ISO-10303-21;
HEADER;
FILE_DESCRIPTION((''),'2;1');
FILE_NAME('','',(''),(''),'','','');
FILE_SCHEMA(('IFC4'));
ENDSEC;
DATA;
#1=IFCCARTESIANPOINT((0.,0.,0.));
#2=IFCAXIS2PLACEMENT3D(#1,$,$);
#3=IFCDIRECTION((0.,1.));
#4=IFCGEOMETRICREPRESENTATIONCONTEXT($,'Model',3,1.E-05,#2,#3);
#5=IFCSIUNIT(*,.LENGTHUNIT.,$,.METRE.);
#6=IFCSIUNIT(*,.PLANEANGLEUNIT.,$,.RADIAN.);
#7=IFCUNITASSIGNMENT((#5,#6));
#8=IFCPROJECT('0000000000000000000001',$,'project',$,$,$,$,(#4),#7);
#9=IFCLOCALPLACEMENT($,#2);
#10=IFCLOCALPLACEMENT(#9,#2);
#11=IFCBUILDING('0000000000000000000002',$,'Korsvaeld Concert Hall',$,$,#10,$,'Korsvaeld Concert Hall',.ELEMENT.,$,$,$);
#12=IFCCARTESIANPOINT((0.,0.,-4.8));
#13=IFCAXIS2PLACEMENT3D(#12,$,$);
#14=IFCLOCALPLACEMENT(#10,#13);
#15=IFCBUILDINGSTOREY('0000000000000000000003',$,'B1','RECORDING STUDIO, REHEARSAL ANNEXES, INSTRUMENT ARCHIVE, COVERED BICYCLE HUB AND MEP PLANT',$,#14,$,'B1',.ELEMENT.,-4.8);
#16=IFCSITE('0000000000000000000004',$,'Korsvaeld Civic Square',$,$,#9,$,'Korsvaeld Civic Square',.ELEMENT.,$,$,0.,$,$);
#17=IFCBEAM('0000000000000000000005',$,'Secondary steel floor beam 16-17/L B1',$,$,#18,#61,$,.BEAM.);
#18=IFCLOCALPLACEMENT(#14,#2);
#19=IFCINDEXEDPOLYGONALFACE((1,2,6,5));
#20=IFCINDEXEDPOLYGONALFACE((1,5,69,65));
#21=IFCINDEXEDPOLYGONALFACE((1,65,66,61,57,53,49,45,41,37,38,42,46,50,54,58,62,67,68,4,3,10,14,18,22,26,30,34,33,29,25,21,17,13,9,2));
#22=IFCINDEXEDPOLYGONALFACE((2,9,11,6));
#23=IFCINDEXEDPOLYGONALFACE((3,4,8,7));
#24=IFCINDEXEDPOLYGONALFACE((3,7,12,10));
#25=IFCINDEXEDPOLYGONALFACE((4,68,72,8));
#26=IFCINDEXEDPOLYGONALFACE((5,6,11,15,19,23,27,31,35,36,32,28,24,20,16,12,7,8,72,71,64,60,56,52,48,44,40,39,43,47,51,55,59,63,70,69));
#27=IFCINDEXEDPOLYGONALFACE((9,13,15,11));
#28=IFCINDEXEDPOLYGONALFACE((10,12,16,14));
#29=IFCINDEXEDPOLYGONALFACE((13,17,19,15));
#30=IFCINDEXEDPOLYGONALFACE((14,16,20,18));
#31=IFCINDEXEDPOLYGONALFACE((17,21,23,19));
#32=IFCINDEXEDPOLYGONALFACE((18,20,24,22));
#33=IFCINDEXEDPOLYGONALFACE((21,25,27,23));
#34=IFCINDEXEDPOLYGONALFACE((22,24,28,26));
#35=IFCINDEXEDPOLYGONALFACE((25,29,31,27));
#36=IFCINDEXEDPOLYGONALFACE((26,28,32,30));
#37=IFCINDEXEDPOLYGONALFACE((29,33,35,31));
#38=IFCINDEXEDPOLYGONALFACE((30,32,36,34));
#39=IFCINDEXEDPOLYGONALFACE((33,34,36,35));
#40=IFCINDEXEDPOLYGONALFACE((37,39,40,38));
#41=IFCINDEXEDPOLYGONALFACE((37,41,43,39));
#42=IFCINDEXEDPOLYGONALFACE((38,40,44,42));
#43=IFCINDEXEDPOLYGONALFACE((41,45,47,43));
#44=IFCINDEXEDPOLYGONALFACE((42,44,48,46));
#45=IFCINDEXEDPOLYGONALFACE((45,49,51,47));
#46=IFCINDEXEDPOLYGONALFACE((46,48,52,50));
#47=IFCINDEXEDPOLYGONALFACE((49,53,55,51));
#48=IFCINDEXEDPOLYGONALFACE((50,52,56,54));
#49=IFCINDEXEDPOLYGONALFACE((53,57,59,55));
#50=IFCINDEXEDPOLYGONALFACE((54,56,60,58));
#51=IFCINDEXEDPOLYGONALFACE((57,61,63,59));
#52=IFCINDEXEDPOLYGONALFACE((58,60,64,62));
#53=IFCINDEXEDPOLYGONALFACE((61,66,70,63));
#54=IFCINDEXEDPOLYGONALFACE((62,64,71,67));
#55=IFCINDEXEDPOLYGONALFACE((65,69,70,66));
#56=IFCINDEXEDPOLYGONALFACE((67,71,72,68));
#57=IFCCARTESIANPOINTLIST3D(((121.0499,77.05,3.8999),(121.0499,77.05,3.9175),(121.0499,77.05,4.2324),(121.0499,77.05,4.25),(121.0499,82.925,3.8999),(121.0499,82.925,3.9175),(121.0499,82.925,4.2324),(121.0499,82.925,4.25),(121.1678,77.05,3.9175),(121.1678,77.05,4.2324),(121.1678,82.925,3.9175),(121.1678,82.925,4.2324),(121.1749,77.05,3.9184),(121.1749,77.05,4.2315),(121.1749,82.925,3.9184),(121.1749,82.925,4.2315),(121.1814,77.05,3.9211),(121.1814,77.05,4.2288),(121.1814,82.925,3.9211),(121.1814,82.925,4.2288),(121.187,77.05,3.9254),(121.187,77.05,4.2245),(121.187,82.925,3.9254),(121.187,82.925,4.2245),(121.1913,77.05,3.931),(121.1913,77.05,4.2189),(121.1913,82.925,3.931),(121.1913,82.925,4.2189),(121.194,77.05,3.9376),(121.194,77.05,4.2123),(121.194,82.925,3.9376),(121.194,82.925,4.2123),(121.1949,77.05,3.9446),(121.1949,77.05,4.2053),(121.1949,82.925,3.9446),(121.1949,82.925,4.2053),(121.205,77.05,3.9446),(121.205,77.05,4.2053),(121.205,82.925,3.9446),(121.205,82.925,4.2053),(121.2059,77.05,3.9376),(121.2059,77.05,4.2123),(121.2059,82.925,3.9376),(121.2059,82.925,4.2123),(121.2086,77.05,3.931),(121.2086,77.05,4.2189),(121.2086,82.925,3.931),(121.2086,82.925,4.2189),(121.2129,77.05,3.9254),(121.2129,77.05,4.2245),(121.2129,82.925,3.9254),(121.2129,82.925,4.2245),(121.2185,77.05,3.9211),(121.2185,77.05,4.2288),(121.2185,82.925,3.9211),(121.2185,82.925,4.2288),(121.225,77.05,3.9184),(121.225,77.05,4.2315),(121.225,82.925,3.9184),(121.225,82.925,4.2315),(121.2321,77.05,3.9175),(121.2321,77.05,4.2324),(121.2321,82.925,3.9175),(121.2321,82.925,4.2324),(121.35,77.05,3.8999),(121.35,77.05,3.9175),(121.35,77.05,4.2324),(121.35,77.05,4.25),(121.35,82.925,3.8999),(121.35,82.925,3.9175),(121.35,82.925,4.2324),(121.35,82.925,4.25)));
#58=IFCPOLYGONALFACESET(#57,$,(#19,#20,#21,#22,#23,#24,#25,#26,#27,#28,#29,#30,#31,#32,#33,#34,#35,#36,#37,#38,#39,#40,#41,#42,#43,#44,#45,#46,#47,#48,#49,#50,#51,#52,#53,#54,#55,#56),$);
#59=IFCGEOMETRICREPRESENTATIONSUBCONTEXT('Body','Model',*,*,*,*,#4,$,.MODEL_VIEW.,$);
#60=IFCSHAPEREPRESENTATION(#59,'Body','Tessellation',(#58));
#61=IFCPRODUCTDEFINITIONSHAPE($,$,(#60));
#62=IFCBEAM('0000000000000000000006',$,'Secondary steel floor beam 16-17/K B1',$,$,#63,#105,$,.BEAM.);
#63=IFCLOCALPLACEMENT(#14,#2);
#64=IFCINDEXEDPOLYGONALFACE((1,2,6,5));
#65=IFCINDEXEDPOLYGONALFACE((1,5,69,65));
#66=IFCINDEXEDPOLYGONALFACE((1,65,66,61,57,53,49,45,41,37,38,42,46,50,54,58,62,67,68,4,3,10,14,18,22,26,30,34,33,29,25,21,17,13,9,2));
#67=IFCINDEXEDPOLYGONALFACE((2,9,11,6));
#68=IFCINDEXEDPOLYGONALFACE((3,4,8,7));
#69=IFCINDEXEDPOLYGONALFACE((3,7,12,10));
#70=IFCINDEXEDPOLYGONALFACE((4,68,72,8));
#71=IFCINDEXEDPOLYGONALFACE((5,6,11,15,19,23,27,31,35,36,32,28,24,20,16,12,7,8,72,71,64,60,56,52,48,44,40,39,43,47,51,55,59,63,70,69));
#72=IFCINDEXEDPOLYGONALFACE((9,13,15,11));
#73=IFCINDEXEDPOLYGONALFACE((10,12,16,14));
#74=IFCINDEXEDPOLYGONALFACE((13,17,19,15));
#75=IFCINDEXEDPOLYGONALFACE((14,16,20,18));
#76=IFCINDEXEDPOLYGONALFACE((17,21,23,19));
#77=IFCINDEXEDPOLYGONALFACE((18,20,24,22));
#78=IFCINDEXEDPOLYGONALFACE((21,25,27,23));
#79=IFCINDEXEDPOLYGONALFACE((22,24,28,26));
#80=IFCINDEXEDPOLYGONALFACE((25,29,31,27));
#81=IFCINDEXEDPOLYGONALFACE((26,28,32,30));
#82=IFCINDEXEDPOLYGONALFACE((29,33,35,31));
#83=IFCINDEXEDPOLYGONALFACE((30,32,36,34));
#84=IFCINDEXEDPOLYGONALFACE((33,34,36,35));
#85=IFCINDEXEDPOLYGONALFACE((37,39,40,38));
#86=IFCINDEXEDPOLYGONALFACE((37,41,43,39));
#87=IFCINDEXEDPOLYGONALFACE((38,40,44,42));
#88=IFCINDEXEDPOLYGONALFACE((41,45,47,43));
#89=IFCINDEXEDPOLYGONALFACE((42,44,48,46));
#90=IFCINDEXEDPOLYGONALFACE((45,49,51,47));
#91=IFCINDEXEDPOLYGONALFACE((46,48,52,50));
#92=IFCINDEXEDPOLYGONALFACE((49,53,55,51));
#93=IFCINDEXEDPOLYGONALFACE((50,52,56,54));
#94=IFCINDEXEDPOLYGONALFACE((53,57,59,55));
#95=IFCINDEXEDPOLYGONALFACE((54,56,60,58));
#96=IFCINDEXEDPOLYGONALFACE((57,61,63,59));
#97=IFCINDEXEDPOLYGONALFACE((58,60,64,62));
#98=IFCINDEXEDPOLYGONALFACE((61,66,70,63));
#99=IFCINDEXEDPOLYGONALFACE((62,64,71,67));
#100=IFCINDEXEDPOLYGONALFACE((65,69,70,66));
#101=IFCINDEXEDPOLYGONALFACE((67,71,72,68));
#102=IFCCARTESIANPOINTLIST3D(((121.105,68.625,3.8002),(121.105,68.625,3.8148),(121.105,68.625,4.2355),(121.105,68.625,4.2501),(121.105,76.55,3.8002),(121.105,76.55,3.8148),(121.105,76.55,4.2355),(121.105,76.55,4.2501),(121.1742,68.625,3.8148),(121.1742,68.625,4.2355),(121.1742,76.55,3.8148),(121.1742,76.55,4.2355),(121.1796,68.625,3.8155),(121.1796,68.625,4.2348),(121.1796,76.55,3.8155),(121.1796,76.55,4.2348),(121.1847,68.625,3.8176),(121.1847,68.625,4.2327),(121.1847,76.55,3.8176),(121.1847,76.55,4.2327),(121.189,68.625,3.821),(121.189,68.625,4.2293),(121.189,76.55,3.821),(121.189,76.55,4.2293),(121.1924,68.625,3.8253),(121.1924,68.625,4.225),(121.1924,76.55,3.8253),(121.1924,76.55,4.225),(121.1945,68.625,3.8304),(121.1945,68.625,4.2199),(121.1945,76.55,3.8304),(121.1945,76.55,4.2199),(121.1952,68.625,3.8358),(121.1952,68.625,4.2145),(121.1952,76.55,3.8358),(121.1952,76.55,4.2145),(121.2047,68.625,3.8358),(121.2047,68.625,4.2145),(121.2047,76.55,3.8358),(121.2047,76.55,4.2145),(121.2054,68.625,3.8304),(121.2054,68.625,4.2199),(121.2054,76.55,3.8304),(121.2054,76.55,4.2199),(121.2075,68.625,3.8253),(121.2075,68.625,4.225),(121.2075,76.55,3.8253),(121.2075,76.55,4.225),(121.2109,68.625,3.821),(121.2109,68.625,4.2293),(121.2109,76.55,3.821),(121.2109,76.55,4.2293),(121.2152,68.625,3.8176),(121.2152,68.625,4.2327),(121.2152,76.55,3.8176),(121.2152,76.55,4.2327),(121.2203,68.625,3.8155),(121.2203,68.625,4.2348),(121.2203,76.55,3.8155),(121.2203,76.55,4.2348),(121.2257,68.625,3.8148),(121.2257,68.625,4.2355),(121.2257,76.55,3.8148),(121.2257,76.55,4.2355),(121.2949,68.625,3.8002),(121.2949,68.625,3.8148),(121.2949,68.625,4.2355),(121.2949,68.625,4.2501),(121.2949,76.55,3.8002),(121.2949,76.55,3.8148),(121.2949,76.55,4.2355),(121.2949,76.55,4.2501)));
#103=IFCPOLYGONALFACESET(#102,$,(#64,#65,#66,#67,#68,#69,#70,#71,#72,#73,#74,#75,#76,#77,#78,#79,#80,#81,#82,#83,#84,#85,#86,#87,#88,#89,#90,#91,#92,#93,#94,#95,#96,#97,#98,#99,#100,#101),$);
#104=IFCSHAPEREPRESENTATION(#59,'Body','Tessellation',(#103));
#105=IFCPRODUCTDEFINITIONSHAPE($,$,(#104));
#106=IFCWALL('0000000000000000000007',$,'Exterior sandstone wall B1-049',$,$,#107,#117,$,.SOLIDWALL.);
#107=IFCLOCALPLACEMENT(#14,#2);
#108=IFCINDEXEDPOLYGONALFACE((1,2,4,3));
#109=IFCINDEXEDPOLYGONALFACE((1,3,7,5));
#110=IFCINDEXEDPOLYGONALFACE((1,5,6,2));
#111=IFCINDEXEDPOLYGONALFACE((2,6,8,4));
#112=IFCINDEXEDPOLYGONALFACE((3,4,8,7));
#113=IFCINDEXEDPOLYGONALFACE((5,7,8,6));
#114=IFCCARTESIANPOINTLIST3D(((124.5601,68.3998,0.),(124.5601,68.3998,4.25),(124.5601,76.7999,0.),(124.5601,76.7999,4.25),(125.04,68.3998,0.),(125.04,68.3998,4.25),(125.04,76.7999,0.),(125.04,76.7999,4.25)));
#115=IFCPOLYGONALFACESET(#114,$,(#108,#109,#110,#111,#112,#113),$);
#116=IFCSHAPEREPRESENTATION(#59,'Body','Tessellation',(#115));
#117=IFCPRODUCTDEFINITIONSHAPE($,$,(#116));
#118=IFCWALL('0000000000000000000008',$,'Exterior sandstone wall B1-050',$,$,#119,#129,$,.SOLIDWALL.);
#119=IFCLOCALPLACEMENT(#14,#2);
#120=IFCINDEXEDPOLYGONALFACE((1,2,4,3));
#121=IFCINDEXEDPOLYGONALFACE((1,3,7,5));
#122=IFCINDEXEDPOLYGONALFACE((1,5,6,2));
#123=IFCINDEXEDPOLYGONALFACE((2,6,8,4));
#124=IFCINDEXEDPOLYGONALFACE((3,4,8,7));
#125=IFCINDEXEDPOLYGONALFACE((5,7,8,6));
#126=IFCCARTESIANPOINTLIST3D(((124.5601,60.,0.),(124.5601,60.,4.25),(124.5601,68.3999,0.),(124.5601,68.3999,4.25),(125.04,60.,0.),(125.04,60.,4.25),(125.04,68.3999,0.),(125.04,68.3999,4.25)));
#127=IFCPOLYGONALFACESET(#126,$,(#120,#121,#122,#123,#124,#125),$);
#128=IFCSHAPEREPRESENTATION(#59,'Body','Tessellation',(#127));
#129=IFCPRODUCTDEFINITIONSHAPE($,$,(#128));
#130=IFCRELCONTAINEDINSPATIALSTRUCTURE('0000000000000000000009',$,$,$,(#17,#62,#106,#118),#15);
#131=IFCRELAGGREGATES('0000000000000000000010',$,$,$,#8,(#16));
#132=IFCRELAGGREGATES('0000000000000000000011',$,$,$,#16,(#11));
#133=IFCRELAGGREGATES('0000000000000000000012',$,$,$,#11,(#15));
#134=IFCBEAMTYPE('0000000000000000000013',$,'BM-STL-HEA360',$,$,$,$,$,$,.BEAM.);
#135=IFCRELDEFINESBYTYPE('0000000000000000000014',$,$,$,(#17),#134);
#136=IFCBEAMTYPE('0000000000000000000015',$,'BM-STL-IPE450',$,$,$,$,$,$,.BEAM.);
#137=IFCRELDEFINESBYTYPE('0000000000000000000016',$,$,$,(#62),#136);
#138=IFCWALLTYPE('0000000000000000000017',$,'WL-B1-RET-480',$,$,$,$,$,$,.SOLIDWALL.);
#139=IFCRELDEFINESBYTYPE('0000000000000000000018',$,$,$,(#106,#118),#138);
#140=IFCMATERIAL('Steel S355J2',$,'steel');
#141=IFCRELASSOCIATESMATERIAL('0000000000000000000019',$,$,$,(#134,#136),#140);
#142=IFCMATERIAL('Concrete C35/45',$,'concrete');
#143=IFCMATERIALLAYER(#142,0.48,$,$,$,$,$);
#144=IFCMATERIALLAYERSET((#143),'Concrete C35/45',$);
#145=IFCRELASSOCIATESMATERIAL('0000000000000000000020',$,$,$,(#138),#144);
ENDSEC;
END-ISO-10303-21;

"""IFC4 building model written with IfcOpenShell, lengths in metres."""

from ifc_helpers import new_model, si_unit, direction, frame, frame_2d, origin, origin_2d, place, context, subcontext, project, spatial, rectangle, i_section, extrude, material, layer, layer_set, material_profile, profile_set, type_object, element, save


model = new_model("IFC4")

# Units and contexts
model_context = context("Model", 3, precision=1e-05, world=origin(), true_north=direction((0.0, 1.0)))
body_context = subcontext(model_context, "Body", "Model", "MODEL_VIEW")
ifc_project = project(units=[si_unit("LENGTHUNIT", "METRE"), si_unit("PLANEANGLEUNIT", "RADIAN")], contexts=[model_context])

# Site, building, storey
site_placement = place(None, origin())
site = spatial("IfcSite", under=ifc_project, at=site_placement, Name="Korsvaeld Civic Square", LongName="Korsvaeld Civic Square", CompositionType="ELEMENT", RefElevation=0.0)
building_placement = place(site_placement, origin())
building = spatial("IfcBuilding", under=site, at=building_placement, Name="Korsvaeld Concert Hall", LongName="Korsvaeld Concert Hall", CompositionType="ELEMENT")
storey_placement = place(building_placement, frame((0.0, 0.0, -4.8)))
storey = spatial("IfcBuildingStorey", under=building, at=storey_placement, Name="B1", Description="RECORDING STUDIO, REHEARSAL ANNEXES, INSTRUMENT ARCHIVE, COVERED BICYCLE HUB AND MEP PLANT", LongName="B1", CompositionType="ELEMENT", Elevation=-4.8)

# Shared definitions
ifc_material_1 = material(Name="Concrete C35/45", Category="concrete")

# Beams
ifc_material_2 = material(Name="Steel S355J2", Category="steel")
ifc_material_profile_1 = material_profile(ifc_material_2, i_section(OverallWidth=0.3, OverallDepth=0.3501, WebThickness=0.01, FlangeThickness=0.0176, FilletRadius=0.0271, at=origin_2d()), Name="HEA 360")
ifc_profile_set_1 = profile_set([ifc_material_profile_1], Name="Steel S355J2")
beam_type_1 = type_object("IfcBeamType", Name="BM-STL-HEA360", PredefinedType="BEAM", material=ifc_profile_set_1)
beam_1_placement = place(storey_placement, frame((121.2, 77.05, 4.075), z_axis=(0.0, 1.0, 0.0), x_axis=(-1.0, 0.0, 0.0)))
element("IfcBeam", 1, at=beam_1_placement, inside=storey, type_object=beam_type_1, Name="Secondary steel floor beam 16-17/L B1", PredefinedType="BEAM", context=body_context, shape_type="SweptSolid", body=[
    extrude(i_section(OverallWidth=0.3, OverallDepth=0.3501, WebThickness=0.01, FlangeThickness=0.0176, FilletRadius=0.0271, at=origin_2d()), origin(), (0.0, 0.0, 1.0), 5.875),
])
ifc_material_profile_2 = material_profile(ifc_material_2, i_section(OverallWidth=0.1899, OverallDepth=0.45, WebThickness=0.0095, FlangeThickness=0.0146, FilletRadius=0.021, at=origin_2d()), Name="IPE 450")
ifc_profile_set_2 = profile_set([ifc_material_profile_2], Name="Steel S355J2")
beam_type_2 = type_object("IfcBeamType", Name="BM-STL-IPE450", PredefinedType="BEAM", material=ifc_profile_set_2)
beam_2_placement = place(storey_placement, frame((121.2, 68.625, 4.0251), z_axis=(0.0, 1.0, 0.0), x_axis=(-1.0, 0.0, 0.0)))
element("IfcBeam", 2, at=beam_2_placement, inside=storey, type_object=beam_type_2, Name="Secondary steel floor beam 16-17/K B1", PredefinedType="BEAM", context=body_context, shape_type="SweptSolid", body=[
    extrude(i_section(OverallWidth=0.1899, OverallDepth=0.45, WebThickness=0.0095, FlangeThickness=0.0146, FilletRadius=0.021, at=origin_2d()), origin(), (0.0, 0.0, 1.0), 7.925),
])

# Walls
ifc_layer = layer(ifc_material_1, 0.48)
ifc_layer_set = layer_set([ifc_layer], Name="Concrete C35/45")
wall_type = type_object("IfcWallType", Name="WL-B1-RET-480", PredefinedType="SOLIDWALL", material=ifc_layer_set)
wall_1_placement = place(storey_placement, frame((124.8, 76.8, 0.0), z_axis=(0.0, 0.0, 1.0), x_axis=(0.0, -1.0, 0.0)))
element("IfcWall", 3, at=wall_1_placement, inside=storey, type_object=wall_type, Name="Exterior sandstone wall B1-049", PredefinedType="SOLIDWALL", context=body_context, shape_type="SweptSolid", body=[
    extrude(rectangle(XDim=8.4001, YDim=0.48, at=frame_2d((4.2002, 0.0))), origin(), (0.0, 0.0, 1.0), 4.25),
])
wall_2_placement = place(storey_placement, frame((124.8, 68.3999, 0.0), z_axis=(0.0, 0.0, 1.0), x_axis=(0.0, -1.0, 0.0)))
element("IfcWall", 4, at=wall_2_placement, inside=storey, type_object=wall_type, Name="Exterior sandstone wall B1-050", PredefinedType="SOLIDWALL", context=body_context, shape_type="SweptSolid", body=[
    extrude(rectangle(XDim=8.3999, YDim=0.48, at=frame_2d((4.2, 0.0))), origin(), (0.0, 0.0, 1.0), 4.25),
])

save(model, "model.ifc")
